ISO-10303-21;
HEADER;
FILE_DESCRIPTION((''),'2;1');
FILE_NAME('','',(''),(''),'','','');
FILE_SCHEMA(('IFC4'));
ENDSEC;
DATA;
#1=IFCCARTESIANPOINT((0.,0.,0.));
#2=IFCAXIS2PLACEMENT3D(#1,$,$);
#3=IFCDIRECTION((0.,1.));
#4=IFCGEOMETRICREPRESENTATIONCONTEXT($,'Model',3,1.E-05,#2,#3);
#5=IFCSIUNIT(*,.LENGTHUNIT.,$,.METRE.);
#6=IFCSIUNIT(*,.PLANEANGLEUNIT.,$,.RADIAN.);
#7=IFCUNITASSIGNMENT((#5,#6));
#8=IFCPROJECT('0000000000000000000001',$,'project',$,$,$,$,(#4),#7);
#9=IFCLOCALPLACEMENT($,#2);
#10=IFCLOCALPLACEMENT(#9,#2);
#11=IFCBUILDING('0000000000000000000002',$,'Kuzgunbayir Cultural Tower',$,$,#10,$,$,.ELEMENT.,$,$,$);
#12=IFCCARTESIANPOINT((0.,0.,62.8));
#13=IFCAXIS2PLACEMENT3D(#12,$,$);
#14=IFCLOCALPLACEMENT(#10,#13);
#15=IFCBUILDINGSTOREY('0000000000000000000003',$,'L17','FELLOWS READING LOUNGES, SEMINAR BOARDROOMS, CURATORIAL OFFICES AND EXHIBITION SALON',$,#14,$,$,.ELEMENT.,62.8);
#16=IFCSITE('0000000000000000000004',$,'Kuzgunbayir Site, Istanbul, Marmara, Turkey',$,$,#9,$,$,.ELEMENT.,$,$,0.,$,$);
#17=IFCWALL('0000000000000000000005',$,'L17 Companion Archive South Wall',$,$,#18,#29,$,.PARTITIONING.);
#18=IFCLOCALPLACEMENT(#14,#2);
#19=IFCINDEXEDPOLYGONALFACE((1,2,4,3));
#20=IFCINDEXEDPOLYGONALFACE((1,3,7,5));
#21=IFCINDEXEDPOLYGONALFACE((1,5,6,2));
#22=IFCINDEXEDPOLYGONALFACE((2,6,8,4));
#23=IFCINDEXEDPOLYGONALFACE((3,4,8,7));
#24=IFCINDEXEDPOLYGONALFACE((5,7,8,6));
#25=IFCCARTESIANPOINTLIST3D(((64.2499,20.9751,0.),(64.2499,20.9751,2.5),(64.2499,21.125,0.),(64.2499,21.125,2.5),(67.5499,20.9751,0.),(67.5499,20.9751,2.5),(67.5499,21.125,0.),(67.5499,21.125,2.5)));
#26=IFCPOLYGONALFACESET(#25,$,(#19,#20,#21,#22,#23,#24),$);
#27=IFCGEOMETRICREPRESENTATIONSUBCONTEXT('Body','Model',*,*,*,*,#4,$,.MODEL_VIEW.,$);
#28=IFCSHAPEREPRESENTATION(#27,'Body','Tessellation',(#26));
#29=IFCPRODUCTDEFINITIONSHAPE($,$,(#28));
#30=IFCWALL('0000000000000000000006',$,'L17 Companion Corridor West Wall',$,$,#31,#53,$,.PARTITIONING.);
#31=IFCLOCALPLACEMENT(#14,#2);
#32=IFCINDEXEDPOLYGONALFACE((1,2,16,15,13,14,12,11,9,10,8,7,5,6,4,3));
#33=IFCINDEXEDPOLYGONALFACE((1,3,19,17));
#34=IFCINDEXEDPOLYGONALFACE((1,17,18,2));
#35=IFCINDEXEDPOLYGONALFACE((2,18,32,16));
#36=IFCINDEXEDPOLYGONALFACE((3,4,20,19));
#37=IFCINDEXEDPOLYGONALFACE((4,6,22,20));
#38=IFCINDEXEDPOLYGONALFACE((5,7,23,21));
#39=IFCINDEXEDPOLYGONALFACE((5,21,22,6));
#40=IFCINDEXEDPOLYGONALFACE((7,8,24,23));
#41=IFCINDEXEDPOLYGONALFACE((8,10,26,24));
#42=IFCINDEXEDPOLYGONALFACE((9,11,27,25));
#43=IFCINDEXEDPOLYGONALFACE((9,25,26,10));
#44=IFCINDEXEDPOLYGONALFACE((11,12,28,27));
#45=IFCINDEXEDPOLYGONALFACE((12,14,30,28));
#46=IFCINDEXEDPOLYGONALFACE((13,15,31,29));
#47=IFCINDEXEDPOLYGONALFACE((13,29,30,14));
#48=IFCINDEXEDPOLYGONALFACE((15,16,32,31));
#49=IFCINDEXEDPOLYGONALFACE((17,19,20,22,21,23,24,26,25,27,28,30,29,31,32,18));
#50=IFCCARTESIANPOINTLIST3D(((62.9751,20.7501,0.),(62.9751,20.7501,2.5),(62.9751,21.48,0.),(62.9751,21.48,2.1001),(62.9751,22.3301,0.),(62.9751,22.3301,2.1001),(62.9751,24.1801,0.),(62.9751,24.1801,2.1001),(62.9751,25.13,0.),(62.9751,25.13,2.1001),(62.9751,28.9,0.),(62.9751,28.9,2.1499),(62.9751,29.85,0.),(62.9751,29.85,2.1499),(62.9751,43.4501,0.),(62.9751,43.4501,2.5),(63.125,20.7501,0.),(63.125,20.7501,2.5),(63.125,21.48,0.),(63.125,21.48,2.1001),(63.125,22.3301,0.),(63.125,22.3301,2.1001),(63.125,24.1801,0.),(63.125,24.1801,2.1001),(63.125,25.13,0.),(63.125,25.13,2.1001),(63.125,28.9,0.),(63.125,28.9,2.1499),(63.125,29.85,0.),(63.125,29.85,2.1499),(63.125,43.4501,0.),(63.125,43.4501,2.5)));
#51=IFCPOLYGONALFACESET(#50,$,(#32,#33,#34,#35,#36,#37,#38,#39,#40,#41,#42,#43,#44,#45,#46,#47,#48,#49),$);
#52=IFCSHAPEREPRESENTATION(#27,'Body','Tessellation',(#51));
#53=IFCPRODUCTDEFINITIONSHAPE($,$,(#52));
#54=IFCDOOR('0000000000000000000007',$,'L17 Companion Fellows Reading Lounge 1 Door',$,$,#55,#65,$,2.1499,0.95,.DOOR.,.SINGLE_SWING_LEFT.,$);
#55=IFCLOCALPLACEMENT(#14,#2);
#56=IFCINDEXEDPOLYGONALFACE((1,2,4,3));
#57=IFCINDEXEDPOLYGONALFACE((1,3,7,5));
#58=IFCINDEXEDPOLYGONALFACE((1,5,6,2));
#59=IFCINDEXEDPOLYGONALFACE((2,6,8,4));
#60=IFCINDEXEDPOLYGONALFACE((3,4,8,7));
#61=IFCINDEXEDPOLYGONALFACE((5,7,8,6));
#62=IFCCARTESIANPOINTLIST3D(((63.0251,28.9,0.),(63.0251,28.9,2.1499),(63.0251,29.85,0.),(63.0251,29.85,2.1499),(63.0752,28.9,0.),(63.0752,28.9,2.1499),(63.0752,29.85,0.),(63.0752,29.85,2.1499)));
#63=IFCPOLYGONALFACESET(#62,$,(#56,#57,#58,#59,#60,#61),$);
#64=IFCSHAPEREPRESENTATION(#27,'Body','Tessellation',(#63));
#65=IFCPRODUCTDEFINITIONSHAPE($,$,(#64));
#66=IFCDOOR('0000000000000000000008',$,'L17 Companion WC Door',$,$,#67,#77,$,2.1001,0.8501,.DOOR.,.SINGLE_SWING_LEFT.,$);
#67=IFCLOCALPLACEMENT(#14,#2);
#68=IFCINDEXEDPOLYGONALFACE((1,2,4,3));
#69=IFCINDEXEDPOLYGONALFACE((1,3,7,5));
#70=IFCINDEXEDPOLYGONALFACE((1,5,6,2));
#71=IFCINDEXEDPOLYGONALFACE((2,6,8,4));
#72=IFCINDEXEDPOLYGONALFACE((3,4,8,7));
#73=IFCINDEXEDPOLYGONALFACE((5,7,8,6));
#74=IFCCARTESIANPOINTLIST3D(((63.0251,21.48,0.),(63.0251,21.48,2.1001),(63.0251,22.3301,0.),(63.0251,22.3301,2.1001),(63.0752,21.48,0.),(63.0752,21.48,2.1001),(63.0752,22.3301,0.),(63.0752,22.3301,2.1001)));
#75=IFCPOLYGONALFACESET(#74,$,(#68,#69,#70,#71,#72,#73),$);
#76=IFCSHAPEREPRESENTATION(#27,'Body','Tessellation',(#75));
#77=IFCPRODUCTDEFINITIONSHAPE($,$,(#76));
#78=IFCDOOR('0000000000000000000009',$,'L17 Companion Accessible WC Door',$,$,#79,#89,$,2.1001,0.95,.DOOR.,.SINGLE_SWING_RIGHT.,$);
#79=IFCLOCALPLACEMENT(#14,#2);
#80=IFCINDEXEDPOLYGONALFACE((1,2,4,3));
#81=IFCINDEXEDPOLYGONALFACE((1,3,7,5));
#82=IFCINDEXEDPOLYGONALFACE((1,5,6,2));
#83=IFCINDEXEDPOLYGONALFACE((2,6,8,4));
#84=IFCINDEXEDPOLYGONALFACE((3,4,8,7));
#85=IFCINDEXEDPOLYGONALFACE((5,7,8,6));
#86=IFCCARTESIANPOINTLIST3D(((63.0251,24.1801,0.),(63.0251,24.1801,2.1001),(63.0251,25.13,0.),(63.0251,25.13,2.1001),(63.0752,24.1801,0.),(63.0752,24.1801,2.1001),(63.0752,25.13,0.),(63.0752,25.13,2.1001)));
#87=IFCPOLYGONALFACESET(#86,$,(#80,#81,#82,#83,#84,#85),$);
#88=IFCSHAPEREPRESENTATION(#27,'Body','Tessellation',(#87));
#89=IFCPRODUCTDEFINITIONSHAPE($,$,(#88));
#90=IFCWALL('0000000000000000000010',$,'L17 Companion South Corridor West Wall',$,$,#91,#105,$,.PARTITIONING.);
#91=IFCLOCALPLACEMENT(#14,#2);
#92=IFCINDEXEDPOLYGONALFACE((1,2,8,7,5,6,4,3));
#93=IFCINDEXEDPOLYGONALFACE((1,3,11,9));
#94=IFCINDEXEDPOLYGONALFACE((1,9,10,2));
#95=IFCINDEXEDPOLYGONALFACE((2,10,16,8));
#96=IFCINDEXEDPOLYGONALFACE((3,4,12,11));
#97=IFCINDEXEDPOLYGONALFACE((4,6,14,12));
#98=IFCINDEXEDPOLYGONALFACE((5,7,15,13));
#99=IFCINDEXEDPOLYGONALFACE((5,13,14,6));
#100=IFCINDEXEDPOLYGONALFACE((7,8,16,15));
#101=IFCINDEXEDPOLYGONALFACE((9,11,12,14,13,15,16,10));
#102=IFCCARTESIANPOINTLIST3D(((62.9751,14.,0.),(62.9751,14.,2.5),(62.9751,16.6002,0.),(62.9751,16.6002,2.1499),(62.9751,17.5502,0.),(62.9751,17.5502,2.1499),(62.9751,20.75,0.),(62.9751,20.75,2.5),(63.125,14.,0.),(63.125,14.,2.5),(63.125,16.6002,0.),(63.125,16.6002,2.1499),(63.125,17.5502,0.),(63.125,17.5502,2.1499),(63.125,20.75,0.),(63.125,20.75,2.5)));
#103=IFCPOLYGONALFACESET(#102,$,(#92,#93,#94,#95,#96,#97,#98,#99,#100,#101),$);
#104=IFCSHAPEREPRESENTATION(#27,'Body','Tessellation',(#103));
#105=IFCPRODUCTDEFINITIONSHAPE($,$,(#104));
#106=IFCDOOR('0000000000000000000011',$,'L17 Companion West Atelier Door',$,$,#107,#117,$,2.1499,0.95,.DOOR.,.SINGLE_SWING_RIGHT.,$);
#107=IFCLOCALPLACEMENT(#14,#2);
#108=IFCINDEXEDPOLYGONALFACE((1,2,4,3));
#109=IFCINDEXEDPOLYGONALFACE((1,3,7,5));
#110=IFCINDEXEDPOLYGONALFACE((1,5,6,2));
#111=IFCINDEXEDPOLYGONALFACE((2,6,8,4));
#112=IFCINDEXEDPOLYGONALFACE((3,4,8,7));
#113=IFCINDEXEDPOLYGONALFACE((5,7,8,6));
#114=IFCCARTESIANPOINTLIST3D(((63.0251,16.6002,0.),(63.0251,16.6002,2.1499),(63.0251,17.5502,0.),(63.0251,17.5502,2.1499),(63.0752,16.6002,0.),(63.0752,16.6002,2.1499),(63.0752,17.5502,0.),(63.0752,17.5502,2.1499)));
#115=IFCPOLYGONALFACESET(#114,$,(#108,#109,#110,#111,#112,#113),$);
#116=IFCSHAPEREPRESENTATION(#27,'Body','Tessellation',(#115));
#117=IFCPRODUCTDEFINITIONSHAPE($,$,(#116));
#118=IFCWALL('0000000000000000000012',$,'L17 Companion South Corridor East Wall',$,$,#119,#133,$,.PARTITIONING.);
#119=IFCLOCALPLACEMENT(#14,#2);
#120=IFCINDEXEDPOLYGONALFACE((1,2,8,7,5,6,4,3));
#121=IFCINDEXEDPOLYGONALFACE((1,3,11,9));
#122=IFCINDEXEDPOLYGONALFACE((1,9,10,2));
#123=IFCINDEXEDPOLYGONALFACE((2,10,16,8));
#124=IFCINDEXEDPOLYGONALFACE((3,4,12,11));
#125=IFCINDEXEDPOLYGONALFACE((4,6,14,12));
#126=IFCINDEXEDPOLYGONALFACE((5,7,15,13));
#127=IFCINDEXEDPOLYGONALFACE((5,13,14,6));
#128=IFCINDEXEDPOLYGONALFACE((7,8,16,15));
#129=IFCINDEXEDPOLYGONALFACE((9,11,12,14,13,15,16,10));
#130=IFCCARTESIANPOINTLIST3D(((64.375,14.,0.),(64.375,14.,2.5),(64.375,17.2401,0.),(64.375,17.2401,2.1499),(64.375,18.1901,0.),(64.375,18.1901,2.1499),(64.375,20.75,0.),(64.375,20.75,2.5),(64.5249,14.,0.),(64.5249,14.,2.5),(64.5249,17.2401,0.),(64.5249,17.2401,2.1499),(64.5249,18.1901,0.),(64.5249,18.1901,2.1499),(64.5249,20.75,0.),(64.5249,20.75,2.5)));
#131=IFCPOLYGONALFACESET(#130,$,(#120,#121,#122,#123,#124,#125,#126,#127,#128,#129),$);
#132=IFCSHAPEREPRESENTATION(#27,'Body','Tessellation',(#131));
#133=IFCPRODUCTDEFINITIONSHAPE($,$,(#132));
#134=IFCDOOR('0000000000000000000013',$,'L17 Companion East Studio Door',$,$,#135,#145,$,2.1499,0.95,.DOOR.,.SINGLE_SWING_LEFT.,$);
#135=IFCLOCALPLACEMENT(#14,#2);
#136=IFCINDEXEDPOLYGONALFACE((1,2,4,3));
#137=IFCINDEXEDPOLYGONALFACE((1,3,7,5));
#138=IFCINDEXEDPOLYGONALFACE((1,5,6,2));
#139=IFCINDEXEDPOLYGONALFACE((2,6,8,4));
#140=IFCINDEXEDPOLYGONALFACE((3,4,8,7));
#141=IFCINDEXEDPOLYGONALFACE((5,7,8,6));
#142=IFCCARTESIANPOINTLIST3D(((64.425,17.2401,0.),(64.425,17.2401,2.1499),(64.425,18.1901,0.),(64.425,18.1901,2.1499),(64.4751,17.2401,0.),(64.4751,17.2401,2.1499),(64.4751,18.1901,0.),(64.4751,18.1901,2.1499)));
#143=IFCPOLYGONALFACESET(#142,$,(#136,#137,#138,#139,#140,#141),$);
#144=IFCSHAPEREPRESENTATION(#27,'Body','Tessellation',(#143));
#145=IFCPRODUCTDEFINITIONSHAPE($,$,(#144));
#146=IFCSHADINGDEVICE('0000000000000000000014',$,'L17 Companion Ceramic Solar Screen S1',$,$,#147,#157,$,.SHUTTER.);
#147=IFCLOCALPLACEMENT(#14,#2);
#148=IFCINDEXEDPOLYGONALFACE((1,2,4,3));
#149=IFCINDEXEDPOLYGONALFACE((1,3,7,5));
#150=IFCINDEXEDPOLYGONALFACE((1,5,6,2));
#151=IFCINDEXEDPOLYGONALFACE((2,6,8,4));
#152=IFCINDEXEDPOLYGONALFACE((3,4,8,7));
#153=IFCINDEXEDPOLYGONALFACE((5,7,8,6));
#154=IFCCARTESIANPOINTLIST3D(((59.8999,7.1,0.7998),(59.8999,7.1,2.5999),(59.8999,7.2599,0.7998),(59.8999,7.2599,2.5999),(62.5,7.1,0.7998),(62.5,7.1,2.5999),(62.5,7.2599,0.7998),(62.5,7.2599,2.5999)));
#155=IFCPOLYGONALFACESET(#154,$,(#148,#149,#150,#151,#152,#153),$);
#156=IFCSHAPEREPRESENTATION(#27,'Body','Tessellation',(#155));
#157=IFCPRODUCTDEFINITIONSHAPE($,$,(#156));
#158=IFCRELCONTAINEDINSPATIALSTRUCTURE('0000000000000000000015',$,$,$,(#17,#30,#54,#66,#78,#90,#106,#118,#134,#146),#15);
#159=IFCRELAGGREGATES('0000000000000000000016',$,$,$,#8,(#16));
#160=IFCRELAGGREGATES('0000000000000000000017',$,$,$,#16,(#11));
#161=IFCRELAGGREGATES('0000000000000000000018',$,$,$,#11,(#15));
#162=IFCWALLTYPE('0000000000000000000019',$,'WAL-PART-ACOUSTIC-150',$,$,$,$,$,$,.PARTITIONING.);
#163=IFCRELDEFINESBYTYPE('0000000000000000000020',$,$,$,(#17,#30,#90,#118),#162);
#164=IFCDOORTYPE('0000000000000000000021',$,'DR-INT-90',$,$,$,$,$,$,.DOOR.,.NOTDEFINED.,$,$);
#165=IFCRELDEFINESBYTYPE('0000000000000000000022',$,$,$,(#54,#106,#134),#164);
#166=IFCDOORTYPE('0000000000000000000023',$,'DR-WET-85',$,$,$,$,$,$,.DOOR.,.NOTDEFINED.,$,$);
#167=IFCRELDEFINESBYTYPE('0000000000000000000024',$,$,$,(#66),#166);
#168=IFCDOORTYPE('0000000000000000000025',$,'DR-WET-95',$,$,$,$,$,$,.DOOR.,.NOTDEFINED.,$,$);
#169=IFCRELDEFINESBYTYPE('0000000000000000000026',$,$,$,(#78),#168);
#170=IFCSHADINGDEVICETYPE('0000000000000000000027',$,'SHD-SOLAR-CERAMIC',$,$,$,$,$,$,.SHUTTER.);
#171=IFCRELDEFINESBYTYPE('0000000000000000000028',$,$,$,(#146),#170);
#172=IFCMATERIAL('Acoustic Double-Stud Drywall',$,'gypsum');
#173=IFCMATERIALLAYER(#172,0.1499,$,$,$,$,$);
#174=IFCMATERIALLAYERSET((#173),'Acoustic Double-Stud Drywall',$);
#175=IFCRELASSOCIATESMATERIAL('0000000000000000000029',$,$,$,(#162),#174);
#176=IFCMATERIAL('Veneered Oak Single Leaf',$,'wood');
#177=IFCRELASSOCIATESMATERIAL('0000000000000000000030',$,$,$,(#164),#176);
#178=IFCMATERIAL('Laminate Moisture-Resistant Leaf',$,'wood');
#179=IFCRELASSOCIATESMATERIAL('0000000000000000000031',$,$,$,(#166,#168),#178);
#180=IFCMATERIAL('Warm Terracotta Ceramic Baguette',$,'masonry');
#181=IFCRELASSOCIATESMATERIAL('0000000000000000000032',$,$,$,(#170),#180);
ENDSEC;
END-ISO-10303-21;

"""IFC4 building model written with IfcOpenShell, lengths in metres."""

from ifc_helpers import new_model, si_unit, direction, frame, frame_2d, origin, origin_2d, place, context, subcontext, project, spatial, rectangle, extrude, material, layer, layer_set, type_object, element, fill, save


model = new_model("IFC4")

# Units and contexts
model_context = context("Model", 3, precision=1e-05, world=origin(), true_north=direction((0.0, 1.0)))
body_context = subcontext(model_context, "Body", "Model", "MODEL_VIEW")
ifc_project = project(units=[si_unit("LENGTHUNIT", "METRE"), si_unit("PLANEANGLEUNIT", "RADIAN")], contexts=[model_context])

# Site, building, storey
site_placement = place(None, origin())
site = spatial("IfcSite", under=ifc_project, at=site_placement, Name="Kuzgunbayir Site, Istanbul, Marmara, Turkey", CompositionType="ELEMENT", RefElevation=0.0)
building_placement = place(site_placement, origin())
building = spatial("IfcBuilding", under=site, at=building_placement, Name="Kuzgunbayir Cultural Tower", CompositionType="ELEMENT")
storey_placement = place(building_placement, frame((0.0, 0.0, 62.8)))
storey = spatial("IfcBuildingStorey", under=building, at=storey_placement, Name="L17", Description="FELLOWS READING LOUNGES, SEMINAR BOARDROOMS, CURATORIAL OFFICES AND EXHIBITION SALON", CompositionType="ELEMENT", Elevation=62.8)

# Shared definitions
ifc_material_1 = material(Name="Acoustic Double-Stud Drywall", Category="gypsum")
ifc_layer_1 = layer(ifc_material_1, 0.1499)
ifc_layer_set_1 = layer_set([ifc_layer_1], Name="Acoustic Double-Stud Drywall")
wall_type_1 = type_object("IfcWallType", Name="WAL-PART-ACOUSTIC-150", PredefinedType="PARTITIONING", material=ifc_layer_set_1)
ifc_material_2 = material(Name="Veneered Oak Single Leaf", Category="wood")
door_type_1 = type_object("IfcDoorType", Name="DR-INT-90", OperationType="NOTDEFINED", PredefinedType="DOOR", material=ifc_material_2)

# Wall
wall_1_placement = place(storey_placement, frame((64.25, 21.05, 0.0), z_axis=(0.0, 0.0, 1.0), x_axis=(1.0, 0.0, 0.0)))
element("IfcWall", 1, at=wall_1_placement, inside=storey, type_object=wall_type_1, Name="L17 Companion Archive South Wall", PredefinedType="PARTITIONING", context=body_context, shape_type="SweptSolid", body=[
    extrude(rectangle(XDim=3.3, YDim=0.1499, at=frame_2d((1.6499, 0.0))), origin(), (0.0, 0.0, 1.0), 2.5),
])

# Wall, openings, doors
wall_2_placement = place(storey_placement, frame((63.05, 20.75, 0.0), z_axis=(0.0, 0.0, 1.0), x_axis=(0.0, 1.0, 0.0)))
wall_2 = element("IfcWall", 2, at=wall_2_placement, inside=storey, type_object=wall_type_1, Name="L17 Companion Corridor West Wall", PredefinedType="PARTITIONING", context=body_context, shape_type="SweptSolid", body=[
    extrude(rectangle(XDim=22.7, YDim=0.1499, at=frame_2d((11.3501, 0.0))), origin(), (0.0, 0.0, 1.0), 2.5),
])
opening_1_placement = place(wall_2_placement, frame((0.73, 0.0, 0.0)))
opening_1 = element("IfcOpeningElement", 3, at=opening_1_placement, cuts=wall_2, PredefinedType="OPENING", context=body_context, shape_type="SweptSolid", body=[
    extrude(rectangle(XDim=0.8501, YDim=2.1001, at=frame_2d((0.425, 1.05))), frame((0.0, 0.085, 0.0), z_axis=(0.0, -1.0, 0.0), x_axis=(1.0, 0.0, 0.0)), (0.0, 0.0, 1.0), 0.1699),
])
opening_2_placement = place(wall_2_placement, frame((3.4299, 0.0, 0.0)))
opening_2 = element("IfcOpeningElement", 4, at=opening_2_placement, cuts=wall_2, PredefinedType="OPENING", context=body_context, shape_type="SweptSolid", body=[
    extrude(rectangle(XDim=0.95, YDim=2.1001, at=frame_2d((0.4751, 1.05))), frame((0.0, 0.085, 0.0), z_axis=(0.0, -1.0, 0.0), x_axis=(1.0, 0.0, 0.0)), (0.0, 0.0, 1.0), 0.1699),
])
opening_3_placement = place(wall_2_placement, frame((8.1499, 0.0, 0.0)))
opening_3 = element("IfcOpeningElement", 5, at=opening_3_placement, cuts=wall_2, PredefinedType="OPENING", context=body_context, shape_type="SweptSolid", body=[
    extrude(rectangle(XDim=0.95, YDim=2.1499, at=frame_2d((0.4751, 1.075))), frame((0.0, 0.085, 0.0), z_axis=(0.0, -1.0, 0.0), x_axis=(1.0, 0.0, 0.0)), (0.0, 0.0, 1.0), 0.1699),
])
door_1_placement = place(opening_3_placement, origin())
door_1 = element("IfcDoor", 6, at=door_1_placement, inside=storey, type_object=door_type_1, Name="L17 Companion Fellows Reading Lounge 1 Door", OperationType="SINGLE_SWING_LEFT", OverallHeight=2.1499, OverallWidth=0.95, PredefinedType="DOOR", context=body_context, shape_type="SweptSolid", body=[
    extrude(rectangle(XDim=0.95, YDim=2.1499, at=frame_2d((0.4751, 1.075))), frame((0.0, 0.0249, 0.0), z_axis=(0.0, -1.0, 0.0), x_axis=(1.0, 0.0, 0.0)), (0.0, 0.0, 1.0), 0.05),
])
fill(opening_3, door_1)
ifc_material_3 = material(Name="Laminate Moisture-Resistant Leaf", Category="wood")
door_type_2 = type_object("IfcDoorType", Name="DR-WET-85", OperationType="NOTDEFINED", PredefinedType="DOOR", material=ifc_material_3)
door_2_placement = place(opening_1_placement, origin())
door_2 = element("IfcDoor", 7, at=door_2_placement, inside=storey, type_object=door_type_2, Name="L17 Companion WC Door", OperationType="SINGLE_SWING_LEFT", OverallHeight=2.1001, OverallWidth=0.8501, PredefinedType="DOOR", context=body_context, shape_type="SweptSolid", body=[
    extrude(rectangle(XDim=0.8501, YDim=2.1001, at=frame_2d((0.425, 1.05))), frame((0.0, 0.0249, 0.0), z_axis=(0.0, -1.0, 0.0), x_axis=(1.0, 0.0, 0.0)), (0.0, 0.0, 1.0), 0.05),
])
fill(opening_1, door_2)
door_type_3 = type_object("IfcDoorType", Name="DR-WET-95", OperationType="NOTDEFINED", PredefinedType="DOOR", material=ifc_material_3)
door_3_placement = place(opening_2_placement, origin())
door_3 = element("IfcDoor", 8, at=door_3_placement, inside=storey, type_object=door_type_3, Name="L17 Companion Accessible WC Door", OperationType="SINGLE_SWING_RIGHT", OverallHeight=2.1001, OverallWidth=0.95, PredefinedType="DOOR", context=body_context, shape_type="SweptSolid", body=[
    extrude(rectangle(XDim=0.95, YDim=2.1001, at=frame_2d((0.4751, 1.05))), frame((0.0, 0.0249, 0.0), z_axis=(0.0, -1.0, 0.0), x_axis=(1.0, 0.0, 0.0)), (0.0, 0.0, 1.0), 0.05),
])
fill(opening_2, door_3)

# Walls, openings, doors
wall_3_placement = place(storey_placement, frame((63.05, 14.0, 0.0), z_axis=(0.0, 0.0, 1.0), x_axis=(0.0, 1.0, 0.0)))
wall_3 = element("IfcWall", 9, at=wall_3_placement, inside=storey, type_object=wall_type_1, Name="L17 Companion South Corridor West Wall", PredefinedType="PARTITIONING", context=body_context, shape_type="SweptSolid", body=[
    extrude(rectangle(XDim=6.75, YDim=0.1499, at=frame_2d((3.375, 0.0))), origin(), (0.0, 0.0, 1.0), 2.5),
])
opening_4_placement = place(wall_3_placement, frame((2.6001, 0.0, 0.0)))
opening_4 = element("IfcOpeningElement", 10, at=opening_4_placement, cuts=wall_3, PredefinedType="OPENING", context=body_context, shape_type="SweptSolid", body=[
    extrude(rectangle(XDim=0.95, YDim=2.1499, at=frame_2d((0.4751, 1.075))), frame((0.0, 0.085, 0.0), z_axis=(0.0, -1.0, 0.0), x_axis=(1.0, 0.0, 0.0)), (0.0, 0.0, 1.0), 0.1699),
])
door_4_placement = place(opening_4_placement, origin())
door_4 = element("IfcDoor", 11, at=door_4_placement, inside=storey, type_object=door_type_1, Name="L17 Companion West Atelier Door", OperationType="SINGLE_SWING_RIGHT", OverallHeight=2.1499, OverallWidth=0.95, PredefinedType="DOOR", context=body_context, shape_type="SweptSolid", body=[
    extrude(rectangle(XDim=0.95, YDim=2.1499, at=frame_2d((0.4751, 1.075))), frame((0.0, 0.0249, 0.0), z_axis=(0.0, -1.0, 0.0), x_axis=(1.0, 0.0, 0.0)), (0.0, 0.0, 1.0), 0.05),
])
fill(opening_4, door_4)
wall_4_placement = place(storey_placement, frame((64.45, 14.0, 0.0), z_axis=(0.0, 0.0, 1.0), x_axis=(0.0, 1.0, 0.0)))
wall_4 = element("IfcWall", 12, at=wall_4_placement, inside=storey, type_object=wall_type_1, Name="L17 Companion South Corridor East Wall", PredefinedType="PARTITIONING", context=body_context, shape_type="SweptSolid", body=[
    extrude(rectangle(XDim=6.75, YDim=0.1499, at=frame_2d((3.375, 0.0))), origin(), (0.0, 0.0, 1.0), 2.5),
])
opening_5_placement = place(wall_4_placement, frame((3.24, 0.0, 0.0)))
opening_5 = element("IfcOpeningElement", 13, at=opening_5_placement, cuts=wall_4, PredefinedType="OPENING", context=body_context, shape_type="SweptSolid", body=[
    extrude(rectangle(XDim=0.95, YDim=2.1499, at=frame_2d((0.4751, 1.075))), frame((0.0, 0.085, 0.0), z_axis=(0.0, -1.0, 0.0), x_axis=(1.0, 0.0, 0.0)), (0.0, 0.0, 1.0), 0.1699),
])
door_5_placement = place(opening_5_placement, origin())
door_5 = element("IfcDoor", 14, at=door_5_placement, inside=storey, type_object=door_type_1, Name="L17 Companion East Studio Door", OperationType="SINGLE_SWING_LEFT", OverallHeight=2.1499, OverallWidth=0.95, PredefinedType="DOOR", context=body_context, shape_type="SweptSolid", body=[
    extrude(rectangle(XDim=0.95, YDim=2.1499, at=frame_2d((0.4751, 1.075))), frame((0.0, 0.0249, 0.0), z_axis=(0.0, -1.0, 0.0), x_axis=(1.0, 0.0, 0.0)), (0.0, 0.0, 1.0), 0.05),
])
fill(opening_5, door_5)

# Shading device
ifc_material_4 = material(Name="Warm Terracotta Ceramic Baguette", Category="masonry")
shading_device_type = type_object("IfcShadingDeviceType", Name="SHD-SOLAR-CERAMIC", PredefinedType="SHUTTER", material=ifc_material_4)
shading_device_placement = place(storey_placement, frame((61.2, 7.1799, 0.7998), z_axis=(0.0, 0.0, 1.0), x_axis=(1.0, 0.0, 0.0)))
element("IfcShadingDevice", 15, at=shading_device_placement, inside=storey, type_object=shading_device_type, Name="L17 Companion Ceramic Solar Screen S1", PredefinedType="SHUTTER", context=body_context, shape_type="SweptSolid", body=[
    extrude(rectangle(XDim=2.6001, YDim=0.1599, at=origin_2d()), origin(), (0.0, 0.0, 1.0), 1.8),
])

save(model, "model.ifc")
